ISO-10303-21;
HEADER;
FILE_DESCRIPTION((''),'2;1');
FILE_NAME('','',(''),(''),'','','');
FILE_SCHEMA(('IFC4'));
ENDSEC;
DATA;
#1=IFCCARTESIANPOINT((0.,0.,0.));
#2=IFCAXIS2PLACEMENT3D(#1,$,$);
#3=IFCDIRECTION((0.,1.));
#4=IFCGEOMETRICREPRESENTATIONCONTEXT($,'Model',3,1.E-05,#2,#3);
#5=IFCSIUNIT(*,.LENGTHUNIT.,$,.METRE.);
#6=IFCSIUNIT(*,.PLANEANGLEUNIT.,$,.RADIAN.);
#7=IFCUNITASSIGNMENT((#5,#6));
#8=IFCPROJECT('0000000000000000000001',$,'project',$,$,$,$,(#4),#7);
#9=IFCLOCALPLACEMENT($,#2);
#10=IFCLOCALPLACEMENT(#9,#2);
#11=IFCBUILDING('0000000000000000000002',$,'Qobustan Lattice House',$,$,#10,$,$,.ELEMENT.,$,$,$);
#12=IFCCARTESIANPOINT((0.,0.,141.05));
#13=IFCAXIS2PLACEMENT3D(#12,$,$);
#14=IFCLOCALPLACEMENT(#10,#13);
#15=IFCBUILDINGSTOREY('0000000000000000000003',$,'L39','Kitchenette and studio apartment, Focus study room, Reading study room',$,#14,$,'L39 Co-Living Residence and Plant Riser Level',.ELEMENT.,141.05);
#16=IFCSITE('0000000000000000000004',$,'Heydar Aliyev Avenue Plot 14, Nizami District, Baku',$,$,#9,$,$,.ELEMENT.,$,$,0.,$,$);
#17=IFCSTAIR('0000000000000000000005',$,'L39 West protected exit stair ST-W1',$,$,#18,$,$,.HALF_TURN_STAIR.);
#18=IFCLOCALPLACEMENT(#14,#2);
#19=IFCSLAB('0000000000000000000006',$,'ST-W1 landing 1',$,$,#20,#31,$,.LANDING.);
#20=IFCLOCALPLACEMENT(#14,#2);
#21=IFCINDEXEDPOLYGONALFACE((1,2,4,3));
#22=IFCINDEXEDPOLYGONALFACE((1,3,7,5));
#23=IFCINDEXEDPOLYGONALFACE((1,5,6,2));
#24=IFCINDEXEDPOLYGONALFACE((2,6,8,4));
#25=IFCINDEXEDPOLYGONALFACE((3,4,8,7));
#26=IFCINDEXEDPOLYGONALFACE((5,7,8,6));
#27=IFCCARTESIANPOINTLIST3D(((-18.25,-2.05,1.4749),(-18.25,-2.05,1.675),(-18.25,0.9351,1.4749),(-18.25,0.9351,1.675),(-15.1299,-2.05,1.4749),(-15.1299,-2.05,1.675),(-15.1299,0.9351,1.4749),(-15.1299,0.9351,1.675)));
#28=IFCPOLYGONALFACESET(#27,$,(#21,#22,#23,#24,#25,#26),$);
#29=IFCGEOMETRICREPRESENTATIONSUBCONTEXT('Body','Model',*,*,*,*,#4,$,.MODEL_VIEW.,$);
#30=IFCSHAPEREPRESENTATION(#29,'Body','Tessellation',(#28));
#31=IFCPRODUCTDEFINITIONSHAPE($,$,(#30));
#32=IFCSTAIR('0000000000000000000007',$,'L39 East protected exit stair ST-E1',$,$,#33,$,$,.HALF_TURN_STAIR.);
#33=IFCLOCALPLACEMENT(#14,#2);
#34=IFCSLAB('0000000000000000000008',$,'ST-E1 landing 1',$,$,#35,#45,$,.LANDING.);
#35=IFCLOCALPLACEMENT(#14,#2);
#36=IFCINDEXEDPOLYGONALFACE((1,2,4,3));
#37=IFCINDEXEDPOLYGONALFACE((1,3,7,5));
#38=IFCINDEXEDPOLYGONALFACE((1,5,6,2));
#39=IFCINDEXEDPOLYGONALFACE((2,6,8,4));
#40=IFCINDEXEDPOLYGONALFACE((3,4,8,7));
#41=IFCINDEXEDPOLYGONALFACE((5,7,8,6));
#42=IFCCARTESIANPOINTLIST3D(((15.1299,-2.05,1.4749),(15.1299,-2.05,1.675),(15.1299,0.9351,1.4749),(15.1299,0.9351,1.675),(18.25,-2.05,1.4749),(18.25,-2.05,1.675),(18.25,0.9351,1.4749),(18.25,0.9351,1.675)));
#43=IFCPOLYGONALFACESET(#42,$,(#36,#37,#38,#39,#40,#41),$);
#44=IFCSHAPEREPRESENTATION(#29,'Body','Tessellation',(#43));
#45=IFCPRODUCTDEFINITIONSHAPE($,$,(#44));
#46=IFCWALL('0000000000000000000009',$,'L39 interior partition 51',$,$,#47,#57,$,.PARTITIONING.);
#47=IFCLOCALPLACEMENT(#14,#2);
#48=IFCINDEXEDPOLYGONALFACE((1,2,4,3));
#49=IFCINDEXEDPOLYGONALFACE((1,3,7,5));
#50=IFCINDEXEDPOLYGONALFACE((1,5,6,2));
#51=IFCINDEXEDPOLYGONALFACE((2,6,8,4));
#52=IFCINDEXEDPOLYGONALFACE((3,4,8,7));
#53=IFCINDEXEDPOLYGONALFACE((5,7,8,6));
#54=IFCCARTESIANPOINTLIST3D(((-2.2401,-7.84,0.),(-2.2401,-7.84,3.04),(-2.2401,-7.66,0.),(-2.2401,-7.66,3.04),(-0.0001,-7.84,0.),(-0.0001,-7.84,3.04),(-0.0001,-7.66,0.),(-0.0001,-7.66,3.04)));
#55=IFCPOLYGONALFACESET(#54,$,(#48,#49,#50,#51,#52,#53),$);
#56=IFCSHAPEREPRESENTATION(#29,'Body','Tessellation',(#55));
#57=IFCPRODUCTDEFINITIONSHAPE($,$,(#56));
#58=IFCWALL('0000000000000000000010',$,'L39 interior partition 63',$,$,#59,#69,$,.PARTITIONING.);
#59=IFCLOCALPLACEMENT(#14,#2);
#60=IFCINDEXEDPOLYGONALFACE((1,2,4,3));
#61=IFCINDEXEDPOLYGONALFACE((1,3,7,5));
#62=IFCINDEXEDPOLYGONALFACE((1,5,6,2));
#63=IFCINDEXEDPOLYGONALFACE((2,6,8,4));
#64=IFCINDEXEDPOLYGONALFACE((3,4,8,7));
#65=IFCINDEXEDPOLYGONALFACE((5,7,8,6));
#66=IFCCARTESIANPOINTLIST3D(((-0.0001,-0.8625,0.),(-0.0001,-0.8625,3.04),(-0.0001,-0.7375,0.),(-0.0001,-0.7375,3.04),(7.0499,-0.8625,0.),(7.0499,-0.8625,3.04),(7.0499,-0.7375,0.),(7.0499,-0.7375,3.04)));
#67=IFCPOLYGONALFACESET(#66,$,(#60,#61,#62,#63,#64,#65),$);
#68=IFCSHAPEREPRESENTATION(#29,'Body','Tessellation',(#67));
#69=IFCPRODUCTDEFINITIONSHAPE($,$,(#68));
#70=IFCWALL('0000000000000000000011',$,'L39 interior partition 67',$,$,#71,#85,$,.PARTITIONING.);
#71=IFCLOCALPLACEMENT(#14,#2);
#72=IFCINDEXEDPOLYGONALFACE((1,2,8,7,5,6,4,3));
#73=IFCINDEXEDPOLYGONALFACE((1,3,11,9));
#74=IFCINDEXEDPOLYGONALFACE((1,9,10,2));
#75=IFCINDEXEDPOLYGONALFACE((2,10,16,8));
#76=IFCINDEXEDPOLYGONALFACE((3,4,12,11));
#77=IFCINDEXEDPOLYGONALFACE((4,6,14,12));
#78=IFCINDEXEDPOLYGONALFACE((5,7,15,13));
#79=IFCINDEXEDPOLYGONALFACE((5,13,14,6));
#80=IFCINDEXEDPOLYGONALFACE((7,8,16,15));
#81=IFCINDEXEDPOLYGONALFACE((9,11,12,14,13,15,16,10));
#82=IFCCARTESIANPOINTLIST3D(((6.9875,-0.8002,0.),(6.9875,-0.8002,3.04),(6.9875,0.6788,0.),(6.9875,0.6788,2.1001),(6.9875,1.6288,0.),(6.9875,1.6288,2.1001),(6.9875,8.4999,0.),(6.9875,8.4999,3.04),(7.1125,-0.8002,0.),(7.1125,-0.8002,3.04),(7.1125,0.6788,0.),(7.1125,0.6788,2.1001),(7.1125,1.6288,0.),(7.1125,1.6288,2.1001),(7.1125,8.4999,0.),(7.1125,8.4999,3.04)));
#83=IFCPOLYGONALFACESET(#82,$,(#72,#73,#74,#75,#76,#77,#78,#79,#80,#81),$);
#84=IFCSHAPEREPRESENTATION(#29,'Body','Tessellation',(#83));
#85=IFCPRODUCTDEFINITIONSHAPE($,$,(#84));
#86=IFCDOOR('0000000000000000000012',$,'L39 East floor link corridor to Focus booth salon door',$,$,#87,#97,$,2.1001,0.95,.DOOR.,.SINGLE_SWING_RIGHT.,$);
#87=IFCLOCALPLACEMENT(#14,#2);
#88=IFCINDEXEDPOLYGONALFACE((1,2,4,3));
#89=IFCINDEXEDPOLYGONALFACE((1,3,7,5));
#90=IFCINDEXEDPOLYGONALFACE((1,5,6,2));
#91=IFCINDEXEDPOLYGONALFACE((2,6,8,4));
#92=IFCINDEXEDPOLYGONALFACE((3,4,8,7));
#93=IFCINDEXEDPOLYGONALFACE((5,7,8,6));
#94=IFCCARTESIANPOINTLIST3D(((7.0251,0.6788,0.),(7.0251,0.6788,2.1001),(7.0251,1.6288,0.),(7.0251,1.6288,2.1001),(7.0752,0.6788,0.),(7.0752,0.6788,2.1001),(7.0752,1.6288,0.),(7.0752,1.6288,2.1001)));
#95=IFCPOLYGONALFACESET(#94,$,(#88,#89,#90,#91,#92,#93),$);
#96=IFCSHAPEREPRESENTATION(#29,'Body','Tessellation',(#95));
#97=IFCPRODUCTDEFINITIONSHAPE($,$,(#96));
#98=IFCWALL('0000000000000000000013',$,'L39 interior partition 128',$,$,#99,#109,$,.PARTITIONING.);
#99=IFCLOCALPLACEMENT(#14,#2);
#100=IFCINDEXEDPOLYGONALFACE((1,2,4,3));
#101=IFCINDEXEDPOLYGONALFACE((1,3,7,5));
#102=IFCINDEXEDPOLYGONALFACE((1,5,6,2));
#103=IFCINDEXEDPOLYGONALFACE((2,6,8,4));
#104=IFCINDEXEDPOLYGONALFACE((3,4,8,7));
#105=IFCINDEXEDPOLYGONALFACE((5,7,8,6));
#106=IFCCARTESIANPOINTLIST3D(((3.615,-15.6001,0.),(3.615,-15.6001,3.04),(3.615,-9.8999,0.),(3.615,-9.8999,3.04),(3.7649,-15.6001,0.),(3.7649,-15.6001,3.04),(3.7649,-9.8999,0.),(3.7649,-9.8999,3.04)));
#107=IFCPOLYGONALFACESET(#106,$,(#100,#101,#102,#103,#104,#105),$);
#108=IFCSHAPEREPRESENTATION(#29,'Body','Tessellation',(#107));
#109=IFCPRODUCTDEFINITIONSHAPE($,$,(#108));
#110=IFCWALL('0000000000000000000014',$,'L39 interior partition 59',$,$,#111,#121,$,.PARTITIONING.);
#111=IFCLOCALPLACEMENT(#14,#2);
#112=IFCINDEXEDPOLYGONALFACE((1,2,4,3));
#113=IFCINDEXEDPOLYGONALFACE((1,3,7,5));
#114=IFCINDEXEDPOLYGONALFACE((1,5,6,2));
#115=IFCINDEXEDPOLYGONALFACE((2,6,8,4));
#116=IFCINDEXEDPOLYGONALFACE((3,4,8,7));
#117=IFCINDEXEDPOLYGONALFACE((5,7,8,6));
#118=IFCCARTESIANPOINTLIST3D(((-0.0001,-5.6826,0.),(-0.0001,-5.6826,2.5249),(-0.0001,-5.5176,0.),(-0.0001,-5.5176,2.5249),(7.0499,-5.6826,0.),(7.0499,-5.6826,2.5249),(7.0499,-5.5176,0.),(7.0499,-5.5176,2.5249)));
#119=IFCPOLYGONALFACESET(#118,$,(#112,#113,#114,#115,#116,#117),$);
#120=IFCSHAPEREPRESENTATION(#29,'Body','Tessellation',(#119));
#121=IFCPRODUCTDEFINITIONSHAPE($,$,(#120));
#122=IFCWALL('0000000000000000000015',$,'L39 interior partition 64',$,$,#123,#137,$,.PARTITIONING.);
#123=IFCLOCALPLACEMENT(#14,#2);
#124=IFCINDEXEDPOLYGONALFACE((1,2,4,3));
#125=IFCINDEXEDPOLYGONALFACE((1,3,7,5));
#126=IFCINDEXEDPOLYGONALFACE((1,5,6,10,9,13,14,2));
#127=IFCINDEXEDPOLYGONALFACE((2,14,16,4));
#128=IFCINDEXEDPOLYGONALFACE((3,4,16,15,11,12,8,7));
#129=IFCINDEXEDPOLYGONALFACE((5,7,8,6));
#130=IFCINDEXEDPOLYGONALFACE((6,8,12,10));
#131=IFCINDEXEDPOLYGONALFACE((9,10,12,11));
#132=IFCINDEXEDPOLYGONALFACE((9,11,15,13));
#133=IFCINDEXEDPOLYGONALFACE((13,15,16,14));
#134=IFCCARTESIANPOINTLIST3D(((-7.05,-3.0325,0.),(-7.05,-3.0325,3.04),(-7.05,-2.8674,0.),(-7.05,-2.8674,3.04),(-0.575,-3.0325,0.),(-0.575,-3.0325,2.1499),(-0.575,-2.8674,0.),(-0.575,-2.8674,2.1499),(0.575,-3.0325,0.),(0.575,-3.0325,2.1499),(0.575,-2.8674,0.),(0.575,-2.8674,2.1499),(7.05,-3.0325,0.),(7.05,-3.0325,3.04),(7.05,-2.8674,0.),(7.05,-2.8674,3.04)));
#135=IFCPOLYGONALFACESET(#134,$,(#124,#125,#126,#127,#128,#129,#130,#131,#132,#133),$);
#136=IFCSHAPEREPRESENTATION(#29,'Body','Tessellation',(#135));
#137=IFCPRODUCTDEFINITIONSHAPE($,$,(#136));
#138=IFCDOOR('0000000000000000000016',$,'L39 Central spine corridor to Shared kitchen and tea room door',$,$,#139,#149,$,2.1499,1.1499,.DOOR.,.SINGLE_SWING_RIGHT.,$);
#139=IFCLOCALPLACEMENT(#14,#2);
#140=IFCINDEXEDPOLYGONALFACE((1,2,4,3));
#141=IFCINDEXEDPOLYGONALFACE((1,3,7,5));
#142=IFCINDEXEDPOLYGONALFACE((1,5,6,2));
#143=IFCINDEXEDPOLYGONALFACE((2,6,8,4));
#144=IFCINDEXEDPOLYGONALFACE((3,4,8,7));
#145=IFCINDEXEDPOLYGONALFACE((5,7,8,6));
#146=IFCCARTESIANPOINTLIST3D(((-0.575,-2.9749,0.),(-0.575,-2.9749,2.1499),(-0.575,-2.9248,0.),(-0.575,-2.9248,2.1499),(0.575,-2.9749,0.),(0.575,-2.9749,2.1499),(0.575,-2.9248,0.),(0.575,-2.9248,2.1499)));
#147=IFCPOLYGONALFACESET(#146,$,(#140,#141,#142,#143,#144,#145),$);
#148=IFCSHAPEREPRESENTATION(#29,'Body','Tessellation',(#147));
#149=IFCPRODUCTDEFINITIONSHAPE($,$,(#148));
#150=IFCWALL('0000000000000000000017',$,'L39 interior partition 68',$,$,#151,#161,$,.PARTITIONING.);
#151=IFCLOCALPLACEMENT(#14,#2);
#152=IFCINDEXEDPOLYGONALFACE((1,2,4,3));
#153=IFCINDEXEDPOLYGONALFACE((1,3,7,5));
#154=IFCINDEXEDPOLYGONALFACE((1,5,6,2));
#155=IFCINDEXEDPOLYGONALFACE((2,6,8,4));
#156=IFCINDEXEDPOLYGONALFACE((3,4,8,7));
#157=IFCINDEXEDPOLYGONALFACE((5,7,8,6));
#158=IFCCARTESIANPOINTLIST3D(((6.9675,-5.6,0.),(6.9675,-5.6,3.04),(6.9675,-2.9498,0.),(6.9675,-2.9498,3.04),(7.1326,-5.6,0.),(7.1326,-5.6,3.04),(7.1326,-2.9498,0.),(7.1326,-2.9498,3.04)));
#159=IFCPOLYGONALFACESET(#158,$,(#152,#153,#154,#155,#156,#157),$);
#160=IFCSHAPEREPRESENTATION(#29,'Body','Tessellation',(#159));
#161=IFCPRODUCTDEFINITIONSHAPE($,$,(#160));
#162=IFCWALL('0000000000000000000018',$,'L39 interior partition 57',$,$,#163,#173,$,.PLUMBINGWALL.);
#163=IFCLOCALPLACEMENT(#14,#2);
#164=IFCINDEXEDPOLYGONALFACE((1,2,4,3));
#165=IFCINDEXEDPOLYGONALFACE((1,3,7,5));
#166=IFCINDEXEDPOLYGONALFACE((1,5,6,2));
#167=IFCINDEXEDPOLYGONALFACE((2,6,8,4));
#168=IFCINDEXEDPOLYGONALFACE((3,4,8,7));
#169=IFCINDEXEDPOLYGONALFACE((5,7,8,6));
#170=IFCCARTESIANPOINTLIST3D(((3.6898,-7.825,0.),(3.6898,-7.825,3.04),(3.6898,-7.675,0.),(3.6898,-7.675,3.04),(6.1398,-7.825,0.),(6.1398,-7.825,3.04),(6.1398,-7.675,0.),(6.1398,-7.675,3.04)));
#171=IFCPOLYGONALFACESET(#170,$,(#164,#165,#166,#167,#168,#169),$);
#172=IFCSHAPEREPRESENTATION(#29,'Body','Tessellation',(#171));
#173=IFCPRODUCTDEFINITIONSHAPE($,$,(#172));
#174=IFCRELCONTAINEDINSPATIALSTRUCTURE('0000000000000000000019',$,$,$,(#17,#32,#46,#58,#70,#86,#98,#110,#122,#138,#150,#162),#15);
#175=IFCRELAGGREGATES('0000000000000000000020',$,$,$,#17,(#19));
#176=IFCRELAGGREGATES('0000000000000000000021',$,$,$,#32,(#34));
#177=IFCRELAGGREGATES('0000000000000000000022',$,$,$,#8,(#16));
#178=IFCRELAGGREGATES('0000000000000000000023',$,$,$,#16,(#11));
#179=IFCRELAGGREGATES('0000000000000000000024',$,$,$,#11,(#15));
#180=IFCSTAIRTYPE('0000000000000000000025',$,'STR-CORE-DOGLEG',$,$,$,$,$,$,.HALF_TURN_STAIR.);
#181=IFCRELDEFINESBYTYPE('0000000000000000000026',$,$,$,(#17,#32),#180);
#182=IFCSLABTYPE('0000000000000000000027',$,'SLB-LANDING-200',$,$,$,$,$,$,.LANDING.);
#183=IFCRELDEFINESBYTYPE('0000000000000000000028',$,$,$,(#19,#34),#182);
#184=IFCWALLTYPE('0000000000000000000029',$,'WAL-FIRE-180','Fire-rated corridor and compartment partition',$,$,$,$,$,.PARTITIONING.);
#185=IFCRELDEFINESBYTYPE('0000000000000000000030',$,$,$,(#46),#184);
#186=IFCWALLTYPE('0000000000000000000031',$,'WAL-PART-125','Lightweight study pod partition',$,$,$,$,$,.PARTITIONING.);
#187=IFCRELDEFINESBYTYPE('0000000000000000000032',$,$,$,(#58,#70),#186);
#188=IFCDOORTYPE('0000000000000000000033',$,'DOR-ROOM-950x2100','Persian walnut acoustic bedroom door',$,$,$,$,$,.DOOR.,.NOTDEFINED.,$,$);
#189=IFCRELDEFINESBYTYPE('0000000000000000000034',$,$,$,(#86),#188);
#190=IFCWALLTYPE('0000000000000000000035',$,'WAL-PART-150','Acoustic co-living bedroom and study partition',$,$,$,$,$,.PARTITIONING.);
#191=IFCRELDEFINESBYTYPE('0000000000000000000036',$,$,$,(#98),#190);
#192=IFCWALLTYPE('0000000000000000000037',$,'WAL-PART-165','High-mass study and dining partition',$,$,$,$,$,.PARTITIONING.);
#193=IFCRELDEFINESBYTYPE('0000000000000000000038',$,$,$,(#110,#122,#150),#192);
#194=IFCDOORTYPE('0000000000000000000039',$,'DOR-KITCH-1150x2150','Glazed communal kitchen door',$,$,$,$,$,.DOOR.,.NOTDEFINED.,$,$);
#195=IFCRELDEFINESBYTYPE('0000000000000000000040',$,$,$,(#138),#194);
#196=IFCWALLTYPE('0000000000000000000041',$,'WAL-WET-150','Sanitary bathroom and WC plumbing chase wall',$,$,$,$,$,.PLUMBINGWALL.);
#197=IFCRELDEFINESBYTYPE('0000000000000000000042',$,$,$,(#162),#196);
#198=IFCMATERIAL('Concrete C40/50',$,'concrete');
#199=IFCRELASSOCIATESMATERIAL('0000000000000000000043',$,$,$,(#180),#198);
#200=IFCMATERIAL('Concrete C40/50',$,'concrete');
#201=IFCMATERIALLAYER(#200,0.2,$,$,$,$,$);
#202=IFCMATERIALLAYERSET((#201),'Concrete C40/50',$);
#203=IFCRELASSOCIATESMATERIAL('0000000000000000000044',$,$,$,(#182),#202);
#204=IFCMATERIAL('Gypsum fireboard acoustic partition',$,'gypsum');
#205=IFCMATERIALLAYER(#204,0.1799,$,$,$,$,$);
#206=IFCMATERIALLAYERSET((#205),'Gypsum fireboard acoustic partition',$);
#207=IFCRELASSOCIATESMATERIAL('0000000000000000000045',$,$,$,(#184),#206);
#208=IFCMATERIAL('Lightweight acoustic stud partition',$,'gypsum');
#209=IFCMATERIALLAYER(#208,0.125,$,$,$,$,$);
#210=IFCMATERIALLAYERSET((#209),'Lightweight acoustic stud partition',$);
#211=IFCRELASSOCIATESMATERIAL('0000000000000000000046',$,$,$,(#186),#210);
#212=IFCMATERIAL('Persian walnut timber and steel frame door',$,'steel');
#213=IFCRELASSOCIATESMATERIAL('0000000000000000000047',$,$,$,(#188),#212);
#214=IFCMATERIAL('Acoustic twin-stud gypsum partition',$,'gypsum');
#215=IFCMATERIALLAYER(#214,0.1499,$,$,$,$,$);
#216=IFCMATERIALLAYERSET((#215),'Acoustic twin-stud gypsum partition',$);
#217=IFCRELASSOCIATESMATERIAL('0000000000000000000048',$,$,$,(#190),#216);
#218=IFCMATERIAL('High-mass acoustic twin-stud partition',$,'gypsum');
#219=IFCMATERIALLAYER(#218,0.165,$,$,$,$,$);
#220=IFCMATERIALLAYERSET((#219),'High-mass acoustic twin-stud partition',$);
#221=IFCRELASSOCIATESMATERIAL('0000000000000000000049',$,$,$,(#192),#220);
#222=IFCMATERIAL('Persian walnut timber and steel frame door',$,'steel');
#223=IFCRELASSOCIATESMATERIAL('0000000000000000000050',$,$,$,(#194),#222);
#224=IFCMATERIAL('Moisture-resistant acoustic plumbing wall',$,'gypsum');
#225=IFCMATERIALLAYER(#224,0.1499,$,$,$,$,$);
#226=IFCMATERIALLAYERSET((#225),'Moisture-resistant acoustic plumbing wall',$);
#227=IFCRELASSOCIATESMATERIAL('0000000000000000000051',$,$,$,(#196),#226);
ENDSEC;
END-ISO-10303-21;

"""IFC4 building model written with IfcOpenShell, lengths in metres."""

from ifc_helpers import new_model, si_unit, direction, frame, frame_2d, origin, place, context, subcontext, project, spatial, polyline, rectangle, outline, extrude, material, layer, layer_set, type_object, element, fill, aggregate, save


model = new_model("IFC4")

# Units and contexts
model_context = context("Model", 3, precision=1e-05, world=origin(), true_north=direction((0.0, 1.0)))
body_context = subcontext(model_context, "Body", "Model", "MODEL_VIEW")
ifc_project = project(units=[si_unit("LENGTHUNIT", "METRE"), si_unit("PLANEANGLEUNIT", "RADIAN")], contexts=[model_context])

# Site, building, storey
site_placement = place(None, origin())
site = spatial("IfcSite", under=ifc_project, at=site_placement, Name="Heydar Aliyev Avenue Plot 14, Nizami District, Baku", CompositionType="ELEMENT", RefElevation=0.0)
building_placement = place(site_placement, origin())
building = spatial("IfcBuilding", under=site, at=building_placement, Name="Qobustan Lattice House", CompositionType="ELEMENT")
storey_placement = place(building_placement, frame((0.0, 0.0, 141.05)))
storey = spatial("IfcBuildingStorey", under=building, at=storey_placement, Name="L39", Description="Kitchenette and studio apartment, Focus study room, Reading study room", LongName="L39 Co-Living Residence and Plant Riser Level", CompositionType="ELEMENT", Elevation=141.05)

# Stairs, slabs
ifc_material_1 = material(Name="Concrete C40/50", Category="concrete")
stair_type = type_object("IfcStairType", Name="STR-CORE-DOGLEG", PredefinedType="HALF_TURN_STAIR", material=ifc_material_1)
stair_1_placement = place(storey_placement, origin())
stair_1 = element("IfcStair", 1, at=stair_1_placement, inside=storey, type_object=stair_type, Name="L39 West protected exit stair ST-W1", PredefinedType="HALF_TURN_STAIR")
ifc_material_2 = material(Name="Concrete C40/50", Category="concrete")
ifc_layer_1 = layer(ifc_material_2, 0.2)
ifc_layer_set_1 = layer_set([ifc_layer_1], Name="Concrete C40/50")
slab_type_1 = type_object("IfcSlabType", Name="SLB-LANDING-200", PredefinedType="LANDING", material=ifc_layer_set_1)
slab_1_placement = place(storey_placement, frame((0.0, 0.0, 1.4749)))
slab_1 = element("IfcSlab", 2, at=slab_1_placement, type_object=slab_type_1, Name="ST-W1 landing 1", PredefinedType="LANDING", context=body_context, shape_type="SweptSolid", body=[
    extrude(outline(polyline([(-18.25, 0.9351), (-18.25, -2.05), (-15.1299, -2.05), (-15.1299, 0.9351), (-18.25, 0.9351)])), origin(), (0.0, 0.0, 1.0), 0.2002),
])
aggregate(stair_1, [slab_1])
stair_2_placement = place(storey_placement, origin())
stair_2 = element("IfcStair", 3, at=stair_2_placement, inside=storey, type_object=stair_type, Name="L39 East protected exit stair ST-E1", PredefinedType="HALF_TURN_STAIR")
slab_2_placement = place(storey_placement, frame((0.0, 0.0, 1.4749)))
slab_2 = element("IfcSlab", 4, at=slab_2_placement, type_object=slab_type_1, Name="ST-E1 landing 1", PredefinedType="LANDING", context=body_context, shape_type="SweptSolid", body=[
    extrude(outline(polyline([(15.1299, 0.9351), (15.1299, -2.05), (18.25, -2.05), (18.25, 0.9351), (15.1299, 0.9351)])), origin(), (0.0, 0.0, 1.0), 0.2002),
])
aggregate(stair_2, [slab_2])

# Wall
ifc_material_3 = material(Name="Gypsum fireboard acoustic partition", Category="gypsum")
ifc_layer_2 = layer(ifc_material_3, 0.1799)
ifc_layer_set_2 = layer_set([ifc_layer_2], Name="Gypsum fireboard acoustic partition")
wall_type_1 = type_object("IfcWallType", Name="WAL-FIRE-180", Description="Fire-rated corridor and compartment partition", PredefinedType="PARTITIONING", material=ifc_layer_set_2)
wall_1_placement = place(storey_placement, frame((0.0, -7.75, 0.0), z_axis=(0.0, 0.0, 1.0), x_axis=(-1.0, 0.0, 0.0)))
element("IfcWall", 5, at=wall_1_placement, inside=storey, type_object=wall_type_1, Name="L39 interior partition 51", PredefinedType="PARTITIONING", context=body_context, shape_type="SweptSolid", body=[
    extrude(rectangle(XDim=2.24, YDim=0.1799, at=frame_2d((1.1201, 0.0))), origin(), (0.0, 0.0, 1.0), 3.04),
])

# Wall
ifc_material_4 = material(Name="Lightweight acoustic stud partition", Category="gypsum")
ifc_layer_3 = layer(ifc_material_4, 0.125)
ifc_layer_set_3 = layer_set([ifc_layer_3], Name="Lightweight acoustic stud partition")
wall_type_2 = type_object("IfcWallType", Name="WAL-PART-125", Description="Lightweight study pod partition", PredefinedType="PARTITIONING", material=ifc_layer_set_3)
wall_2_placement = place(storey_placement, frame((0.0, -0.8, 0.0), z_axis=(0.0, 0.0, 1.0), x_axis=(1.0, 0.0, 0.0)))
element("IfcWall", 6, at=wall_2_placement, inside=storey, type_object=wall_type_2, Name="L39 interior partition 63", PredefinedType="PARTITIONING", context=body_context, shape_type="SweptSolid", body=[
    extrude(rectangle(XDim=7.05, YDim=0.125, at=frame_2d((3.5249, 0.0))), origin(), (0.0, 0.0, 1.0), 3.04),
])

# Wall, opening, door
wall_3_placement = place(storey_placement, frame((7.05, -0.8, 0.0), z_axis=(0.0, 0.0, 1.0), x_axis=(0.0, 1.0, 0.0)))
wall_3 = element("IfcWall", 7, at=wall_3_placement, inside=storey, type_object=wall_type_2, Name="L39 interior partition 67", PredefinedType="PARTITIONING", context=body_context, shape_type="SweptSolid", body=[
    extrude(rectangle(XDim=9.3, YDim=0.125, at=frame_2d((4.6499, 0.0))), origin(), (0.0, 0.0, 1.0), 3.04),
])
opening_1_placement = place(wall_3_placement, frame((1.4788, 0.0, 0.0)))
opening_1 = element("IfcOpeningElement", 8, at=opening_1_placement, cuts=wall_3, PredefinedType="OPENING", context=body_context, shape_type="SweptSolid", body=[
    extrude(rectangle(XDim=0.95, YDim=2.1001, at=frame_2d((0.4751, 1.05))), frame((0.0, 0.0725, 0.0), z_axis=(0.0, -1.0, 0.0), x_axis=(1.0, 0.0, 0.0)), (0.0, 0.0, 1.0), 0.145),
])
ifc_material_5 = material(Name="Persian walnut timber and steel frame door", Category="steel")
door_type_1 = type_object("IfcDoorType", Name="DOR-ROOM-950x2100", Description="Persian walnut acoustic bedroom door", OperationType="NOTDEFINED", PredefinedType="DOOR", material=ifc_material_5)
door_1_placement = place(opening_1_placement, origin())
door_1 = element("IfcDoor", 9, at=door_1_placement, inside=storey, type_object=door_type_1, Name="L39 East floor link corridor to Focus booth salon door", OperationType="SINGLE_SWING_RIGHT", OverallHeight=2.1001, OverallWidth=0.95, PredefinedType="DOOR", context=body_context, shape_type="SweptSolid", body=[
    extrude(rectangle(XDim=0.95, YDim=2.1001, at=frame_2d((0.4751, 1.05))), frame((0.0, 0.0249, 0.0), z_axis=(0.0, -1.0, 0.0), x_axis=(1.0, 0.0, 0.0)), (0.0, 0.0, 1.0), 0.05),
])
fill(opening_1, door_1)

# Walls
ifc_material_6 = material(Name="Acoustic twin-stud gypsum partition", Category="gypsum")
ifc_layer_4 = layer(ifc_material_6, 0.1499)
ifc_layer_set_4 = layer_set([ifc_layer_4], Name="Acoustic twin-stud gypsum partition")
wall_type_3 = type_object("IfcWallType", Name="WAL-PART-150", Description="Acoustic co-living bedroom and study partition", PredefinedType="PARTITIONING", material=ifc_layer_set_4)
wall_4_placement = place(storey_placement, frame((3.6899, -9.8999, 0.0), z_axis=(0.0, 0.0, 1.0), x_axis=(0.0, -1.0, 0.0)))
element("IfcWall", 10, at=wall_4_placement, inside=storey, type_object=wall_type_3, Name="L39 interior partition 128", PredefinedType="PARTITIONING", context=body_context, shape_type="SweptSolid", body=[
    extrude(rectangle(XDim=5.7002, YDim=0.1499, at=frame_2d((2.8501, 0.0))), origin(), (0.0, 0.0, 1.0), 3.04),
])
ifc_material_7 = material(Name="High-mass acoustic twin-stud partition", Category="gypsum")
ifc_layer_5 = layer(ifc_material_7, 0.165)
ifc_layer_set_5 = layer_set([ifc_layer_5], Name="High-mass acoustic twin-stud partition")
wall_type_4 = type_object("IfcWallType", Name="WAL-PART-165", Description="High-mass study and dining partition", PredefinedType="PARTITIONING", material=ifc_layer_set_5)
wall_5_placement = place(storey_placement, frame((0.0, -5.6001, 0.0), z_axis=(0.0, 0.0, 1.0), x_axis=(1.0, 0.0, 0.0)))
element("IfcWall", 11, at=wall_5_placement, inside=storey, type_object=wall_type_4, Name="L39 interior partition 59", PredefinedType="PARTITIONING", context=body_context, shape_type="SweptSolid", body=[
    extrude(rectangle(XDim=7.05, YDim=0.165, at=frame_2d((3.5249, 0.0))), origin(), (0.0, 0.0, 1.0), 2.5249),
])

# Wall, opening, door
wall_6_placement = place(storey_placement, frame((7.05, -2.95, 0.0), z_axis=(0.0, 0.0, 1.0), x_axis=(-1.0, 0.0, 0.0)))
wall_6 = element("IfcWall", 12, at=wall_6_placement, inside=storey, type_object=wall_type_4, Name="L39 interior partition 64", PredefinedType="PARTITIONING", context=body_context, shape_type="SweptSolid", body=[
    extrude(rectangle(XDim=14.1001, YDim=0.165, at=frame_2d((7.05, 0.0))), origin(), (0.0, 0.0, 1.0), 3.04),
])
opening_2_placement = place(wall_6_placement, frame((6.4751, 0.0, 0.0)))
opening_2 = element("IfcOpeningElement", 13, at=opening_2_placement, cuts=wall_6, PredefinedType="OPENING", context=body_context, shape_type="SweptSolid", body=[
    extrude(rectangle(XDim=1.1499, YDim=2.1499, at=frame_2d((0.575, 1.075))), frame((0.0, 0.0925, 0.0), z_axis=(0.0, -1.0, 0.0), x_axis=(1.0, 0.0, 0.0)), (0.0, 0.0, 1.0), 0.1851),
])
ifc_material_8 = material(Name="Persian walnut timber and steel frame door", Category="steel")
door_type_2 = type_object("IfcDoorType", Name="DOR-KITCH-1150x2150", Description="Glazed communal kitchen door", OperationType="NOTDEFINED", PredefinedType="DOOR", material=ifc_material_8)
door_2_placement = place(opening_2_placement, origin())
door_2 = element("IfcDoor", 14, at=door_2_placement, inside=storey, type_object=door_type_2, Name="L39 Central spine corridor to Shared kitchen and tea room door", OperationType="SINGLE_SWING_RIGHT", OverallHeight=2.1499, OverallWidth=1.1499, PredefinedType="DOOR", context=body_context, shape_type="SweptSolid", body=[
    extrude(rectangle(XDim=1.1499, YDim=2.1499, at=frame_2d((0.575, 1.075))), frame((0.0, 0.0249, 0.0), z_axis=(0.0, -1.0, 0.0), x_axis=(1.0, 0.0, 0.0)), (0.0, 0.0, 1.0), 0.05),
])
fill(opening_2, door_2)

# Walls
wall_7_placement = place(storey_placement, frame((7.05, -5.6001, 0.0), z_axis=(0.0, 0.0, 1.0), x_axis=(0.0, 1.0, 0.0)))
element("IfcWall", 15, at=wall_7_placement, inside=storey, type_object=wall_type_4, Name="L39 interior partition 68", PredefinedType="PARTITIONING", context=body_context, shape_type="SweptSolid", body=[
    extrude(rectangle(XDim=2.6501, YDim=0.165, at=frame_2d((1.3252, 0.0))), origin(), (0.0, 0.0, 1.0), 3.04),
])
ifc_material_9 = material(Name="Moisture-resistant acoustic plumbing wall", Category="gypsum")
ifc_layer_6 = layer(ifc_material_9, 0.1499)
ifc_layer_set_6 = layer_set([ifc_layer_6], Name="Moisture-resistant acoustic plumbing wall")
wall_type_5 = type_object("IfcWallType", Name="WAL-WET-150", Description="Sanitary bathroom and WC plumbing chase wall", PredefinedType="PLUMBINGWALL", material=ifc_layer_set_6)
wall_8_placement = place(storey_placement, frame((6.1399, -7.75, 0.0), z_axis=(0.0, 0.0, 1.0), x_axis=(-1.0, 0.0, 0.0)))
element("IfcWall", 16, at=wall_8_placement, inside=storey, type_object=wall_type_5, Name="L39 interior partition 57", PredefinedType="PLUMBINGWALL", context=body_context, shape_type="SweptSolid", body=[
    extrude(rectangle(XDim=2.45, YDim=0.1499, at=frame_2d((1.2251, 0.0))), origin(), (0.0, 0.0, 1.0), 3.04),
])

save(model, "model.ifc")
